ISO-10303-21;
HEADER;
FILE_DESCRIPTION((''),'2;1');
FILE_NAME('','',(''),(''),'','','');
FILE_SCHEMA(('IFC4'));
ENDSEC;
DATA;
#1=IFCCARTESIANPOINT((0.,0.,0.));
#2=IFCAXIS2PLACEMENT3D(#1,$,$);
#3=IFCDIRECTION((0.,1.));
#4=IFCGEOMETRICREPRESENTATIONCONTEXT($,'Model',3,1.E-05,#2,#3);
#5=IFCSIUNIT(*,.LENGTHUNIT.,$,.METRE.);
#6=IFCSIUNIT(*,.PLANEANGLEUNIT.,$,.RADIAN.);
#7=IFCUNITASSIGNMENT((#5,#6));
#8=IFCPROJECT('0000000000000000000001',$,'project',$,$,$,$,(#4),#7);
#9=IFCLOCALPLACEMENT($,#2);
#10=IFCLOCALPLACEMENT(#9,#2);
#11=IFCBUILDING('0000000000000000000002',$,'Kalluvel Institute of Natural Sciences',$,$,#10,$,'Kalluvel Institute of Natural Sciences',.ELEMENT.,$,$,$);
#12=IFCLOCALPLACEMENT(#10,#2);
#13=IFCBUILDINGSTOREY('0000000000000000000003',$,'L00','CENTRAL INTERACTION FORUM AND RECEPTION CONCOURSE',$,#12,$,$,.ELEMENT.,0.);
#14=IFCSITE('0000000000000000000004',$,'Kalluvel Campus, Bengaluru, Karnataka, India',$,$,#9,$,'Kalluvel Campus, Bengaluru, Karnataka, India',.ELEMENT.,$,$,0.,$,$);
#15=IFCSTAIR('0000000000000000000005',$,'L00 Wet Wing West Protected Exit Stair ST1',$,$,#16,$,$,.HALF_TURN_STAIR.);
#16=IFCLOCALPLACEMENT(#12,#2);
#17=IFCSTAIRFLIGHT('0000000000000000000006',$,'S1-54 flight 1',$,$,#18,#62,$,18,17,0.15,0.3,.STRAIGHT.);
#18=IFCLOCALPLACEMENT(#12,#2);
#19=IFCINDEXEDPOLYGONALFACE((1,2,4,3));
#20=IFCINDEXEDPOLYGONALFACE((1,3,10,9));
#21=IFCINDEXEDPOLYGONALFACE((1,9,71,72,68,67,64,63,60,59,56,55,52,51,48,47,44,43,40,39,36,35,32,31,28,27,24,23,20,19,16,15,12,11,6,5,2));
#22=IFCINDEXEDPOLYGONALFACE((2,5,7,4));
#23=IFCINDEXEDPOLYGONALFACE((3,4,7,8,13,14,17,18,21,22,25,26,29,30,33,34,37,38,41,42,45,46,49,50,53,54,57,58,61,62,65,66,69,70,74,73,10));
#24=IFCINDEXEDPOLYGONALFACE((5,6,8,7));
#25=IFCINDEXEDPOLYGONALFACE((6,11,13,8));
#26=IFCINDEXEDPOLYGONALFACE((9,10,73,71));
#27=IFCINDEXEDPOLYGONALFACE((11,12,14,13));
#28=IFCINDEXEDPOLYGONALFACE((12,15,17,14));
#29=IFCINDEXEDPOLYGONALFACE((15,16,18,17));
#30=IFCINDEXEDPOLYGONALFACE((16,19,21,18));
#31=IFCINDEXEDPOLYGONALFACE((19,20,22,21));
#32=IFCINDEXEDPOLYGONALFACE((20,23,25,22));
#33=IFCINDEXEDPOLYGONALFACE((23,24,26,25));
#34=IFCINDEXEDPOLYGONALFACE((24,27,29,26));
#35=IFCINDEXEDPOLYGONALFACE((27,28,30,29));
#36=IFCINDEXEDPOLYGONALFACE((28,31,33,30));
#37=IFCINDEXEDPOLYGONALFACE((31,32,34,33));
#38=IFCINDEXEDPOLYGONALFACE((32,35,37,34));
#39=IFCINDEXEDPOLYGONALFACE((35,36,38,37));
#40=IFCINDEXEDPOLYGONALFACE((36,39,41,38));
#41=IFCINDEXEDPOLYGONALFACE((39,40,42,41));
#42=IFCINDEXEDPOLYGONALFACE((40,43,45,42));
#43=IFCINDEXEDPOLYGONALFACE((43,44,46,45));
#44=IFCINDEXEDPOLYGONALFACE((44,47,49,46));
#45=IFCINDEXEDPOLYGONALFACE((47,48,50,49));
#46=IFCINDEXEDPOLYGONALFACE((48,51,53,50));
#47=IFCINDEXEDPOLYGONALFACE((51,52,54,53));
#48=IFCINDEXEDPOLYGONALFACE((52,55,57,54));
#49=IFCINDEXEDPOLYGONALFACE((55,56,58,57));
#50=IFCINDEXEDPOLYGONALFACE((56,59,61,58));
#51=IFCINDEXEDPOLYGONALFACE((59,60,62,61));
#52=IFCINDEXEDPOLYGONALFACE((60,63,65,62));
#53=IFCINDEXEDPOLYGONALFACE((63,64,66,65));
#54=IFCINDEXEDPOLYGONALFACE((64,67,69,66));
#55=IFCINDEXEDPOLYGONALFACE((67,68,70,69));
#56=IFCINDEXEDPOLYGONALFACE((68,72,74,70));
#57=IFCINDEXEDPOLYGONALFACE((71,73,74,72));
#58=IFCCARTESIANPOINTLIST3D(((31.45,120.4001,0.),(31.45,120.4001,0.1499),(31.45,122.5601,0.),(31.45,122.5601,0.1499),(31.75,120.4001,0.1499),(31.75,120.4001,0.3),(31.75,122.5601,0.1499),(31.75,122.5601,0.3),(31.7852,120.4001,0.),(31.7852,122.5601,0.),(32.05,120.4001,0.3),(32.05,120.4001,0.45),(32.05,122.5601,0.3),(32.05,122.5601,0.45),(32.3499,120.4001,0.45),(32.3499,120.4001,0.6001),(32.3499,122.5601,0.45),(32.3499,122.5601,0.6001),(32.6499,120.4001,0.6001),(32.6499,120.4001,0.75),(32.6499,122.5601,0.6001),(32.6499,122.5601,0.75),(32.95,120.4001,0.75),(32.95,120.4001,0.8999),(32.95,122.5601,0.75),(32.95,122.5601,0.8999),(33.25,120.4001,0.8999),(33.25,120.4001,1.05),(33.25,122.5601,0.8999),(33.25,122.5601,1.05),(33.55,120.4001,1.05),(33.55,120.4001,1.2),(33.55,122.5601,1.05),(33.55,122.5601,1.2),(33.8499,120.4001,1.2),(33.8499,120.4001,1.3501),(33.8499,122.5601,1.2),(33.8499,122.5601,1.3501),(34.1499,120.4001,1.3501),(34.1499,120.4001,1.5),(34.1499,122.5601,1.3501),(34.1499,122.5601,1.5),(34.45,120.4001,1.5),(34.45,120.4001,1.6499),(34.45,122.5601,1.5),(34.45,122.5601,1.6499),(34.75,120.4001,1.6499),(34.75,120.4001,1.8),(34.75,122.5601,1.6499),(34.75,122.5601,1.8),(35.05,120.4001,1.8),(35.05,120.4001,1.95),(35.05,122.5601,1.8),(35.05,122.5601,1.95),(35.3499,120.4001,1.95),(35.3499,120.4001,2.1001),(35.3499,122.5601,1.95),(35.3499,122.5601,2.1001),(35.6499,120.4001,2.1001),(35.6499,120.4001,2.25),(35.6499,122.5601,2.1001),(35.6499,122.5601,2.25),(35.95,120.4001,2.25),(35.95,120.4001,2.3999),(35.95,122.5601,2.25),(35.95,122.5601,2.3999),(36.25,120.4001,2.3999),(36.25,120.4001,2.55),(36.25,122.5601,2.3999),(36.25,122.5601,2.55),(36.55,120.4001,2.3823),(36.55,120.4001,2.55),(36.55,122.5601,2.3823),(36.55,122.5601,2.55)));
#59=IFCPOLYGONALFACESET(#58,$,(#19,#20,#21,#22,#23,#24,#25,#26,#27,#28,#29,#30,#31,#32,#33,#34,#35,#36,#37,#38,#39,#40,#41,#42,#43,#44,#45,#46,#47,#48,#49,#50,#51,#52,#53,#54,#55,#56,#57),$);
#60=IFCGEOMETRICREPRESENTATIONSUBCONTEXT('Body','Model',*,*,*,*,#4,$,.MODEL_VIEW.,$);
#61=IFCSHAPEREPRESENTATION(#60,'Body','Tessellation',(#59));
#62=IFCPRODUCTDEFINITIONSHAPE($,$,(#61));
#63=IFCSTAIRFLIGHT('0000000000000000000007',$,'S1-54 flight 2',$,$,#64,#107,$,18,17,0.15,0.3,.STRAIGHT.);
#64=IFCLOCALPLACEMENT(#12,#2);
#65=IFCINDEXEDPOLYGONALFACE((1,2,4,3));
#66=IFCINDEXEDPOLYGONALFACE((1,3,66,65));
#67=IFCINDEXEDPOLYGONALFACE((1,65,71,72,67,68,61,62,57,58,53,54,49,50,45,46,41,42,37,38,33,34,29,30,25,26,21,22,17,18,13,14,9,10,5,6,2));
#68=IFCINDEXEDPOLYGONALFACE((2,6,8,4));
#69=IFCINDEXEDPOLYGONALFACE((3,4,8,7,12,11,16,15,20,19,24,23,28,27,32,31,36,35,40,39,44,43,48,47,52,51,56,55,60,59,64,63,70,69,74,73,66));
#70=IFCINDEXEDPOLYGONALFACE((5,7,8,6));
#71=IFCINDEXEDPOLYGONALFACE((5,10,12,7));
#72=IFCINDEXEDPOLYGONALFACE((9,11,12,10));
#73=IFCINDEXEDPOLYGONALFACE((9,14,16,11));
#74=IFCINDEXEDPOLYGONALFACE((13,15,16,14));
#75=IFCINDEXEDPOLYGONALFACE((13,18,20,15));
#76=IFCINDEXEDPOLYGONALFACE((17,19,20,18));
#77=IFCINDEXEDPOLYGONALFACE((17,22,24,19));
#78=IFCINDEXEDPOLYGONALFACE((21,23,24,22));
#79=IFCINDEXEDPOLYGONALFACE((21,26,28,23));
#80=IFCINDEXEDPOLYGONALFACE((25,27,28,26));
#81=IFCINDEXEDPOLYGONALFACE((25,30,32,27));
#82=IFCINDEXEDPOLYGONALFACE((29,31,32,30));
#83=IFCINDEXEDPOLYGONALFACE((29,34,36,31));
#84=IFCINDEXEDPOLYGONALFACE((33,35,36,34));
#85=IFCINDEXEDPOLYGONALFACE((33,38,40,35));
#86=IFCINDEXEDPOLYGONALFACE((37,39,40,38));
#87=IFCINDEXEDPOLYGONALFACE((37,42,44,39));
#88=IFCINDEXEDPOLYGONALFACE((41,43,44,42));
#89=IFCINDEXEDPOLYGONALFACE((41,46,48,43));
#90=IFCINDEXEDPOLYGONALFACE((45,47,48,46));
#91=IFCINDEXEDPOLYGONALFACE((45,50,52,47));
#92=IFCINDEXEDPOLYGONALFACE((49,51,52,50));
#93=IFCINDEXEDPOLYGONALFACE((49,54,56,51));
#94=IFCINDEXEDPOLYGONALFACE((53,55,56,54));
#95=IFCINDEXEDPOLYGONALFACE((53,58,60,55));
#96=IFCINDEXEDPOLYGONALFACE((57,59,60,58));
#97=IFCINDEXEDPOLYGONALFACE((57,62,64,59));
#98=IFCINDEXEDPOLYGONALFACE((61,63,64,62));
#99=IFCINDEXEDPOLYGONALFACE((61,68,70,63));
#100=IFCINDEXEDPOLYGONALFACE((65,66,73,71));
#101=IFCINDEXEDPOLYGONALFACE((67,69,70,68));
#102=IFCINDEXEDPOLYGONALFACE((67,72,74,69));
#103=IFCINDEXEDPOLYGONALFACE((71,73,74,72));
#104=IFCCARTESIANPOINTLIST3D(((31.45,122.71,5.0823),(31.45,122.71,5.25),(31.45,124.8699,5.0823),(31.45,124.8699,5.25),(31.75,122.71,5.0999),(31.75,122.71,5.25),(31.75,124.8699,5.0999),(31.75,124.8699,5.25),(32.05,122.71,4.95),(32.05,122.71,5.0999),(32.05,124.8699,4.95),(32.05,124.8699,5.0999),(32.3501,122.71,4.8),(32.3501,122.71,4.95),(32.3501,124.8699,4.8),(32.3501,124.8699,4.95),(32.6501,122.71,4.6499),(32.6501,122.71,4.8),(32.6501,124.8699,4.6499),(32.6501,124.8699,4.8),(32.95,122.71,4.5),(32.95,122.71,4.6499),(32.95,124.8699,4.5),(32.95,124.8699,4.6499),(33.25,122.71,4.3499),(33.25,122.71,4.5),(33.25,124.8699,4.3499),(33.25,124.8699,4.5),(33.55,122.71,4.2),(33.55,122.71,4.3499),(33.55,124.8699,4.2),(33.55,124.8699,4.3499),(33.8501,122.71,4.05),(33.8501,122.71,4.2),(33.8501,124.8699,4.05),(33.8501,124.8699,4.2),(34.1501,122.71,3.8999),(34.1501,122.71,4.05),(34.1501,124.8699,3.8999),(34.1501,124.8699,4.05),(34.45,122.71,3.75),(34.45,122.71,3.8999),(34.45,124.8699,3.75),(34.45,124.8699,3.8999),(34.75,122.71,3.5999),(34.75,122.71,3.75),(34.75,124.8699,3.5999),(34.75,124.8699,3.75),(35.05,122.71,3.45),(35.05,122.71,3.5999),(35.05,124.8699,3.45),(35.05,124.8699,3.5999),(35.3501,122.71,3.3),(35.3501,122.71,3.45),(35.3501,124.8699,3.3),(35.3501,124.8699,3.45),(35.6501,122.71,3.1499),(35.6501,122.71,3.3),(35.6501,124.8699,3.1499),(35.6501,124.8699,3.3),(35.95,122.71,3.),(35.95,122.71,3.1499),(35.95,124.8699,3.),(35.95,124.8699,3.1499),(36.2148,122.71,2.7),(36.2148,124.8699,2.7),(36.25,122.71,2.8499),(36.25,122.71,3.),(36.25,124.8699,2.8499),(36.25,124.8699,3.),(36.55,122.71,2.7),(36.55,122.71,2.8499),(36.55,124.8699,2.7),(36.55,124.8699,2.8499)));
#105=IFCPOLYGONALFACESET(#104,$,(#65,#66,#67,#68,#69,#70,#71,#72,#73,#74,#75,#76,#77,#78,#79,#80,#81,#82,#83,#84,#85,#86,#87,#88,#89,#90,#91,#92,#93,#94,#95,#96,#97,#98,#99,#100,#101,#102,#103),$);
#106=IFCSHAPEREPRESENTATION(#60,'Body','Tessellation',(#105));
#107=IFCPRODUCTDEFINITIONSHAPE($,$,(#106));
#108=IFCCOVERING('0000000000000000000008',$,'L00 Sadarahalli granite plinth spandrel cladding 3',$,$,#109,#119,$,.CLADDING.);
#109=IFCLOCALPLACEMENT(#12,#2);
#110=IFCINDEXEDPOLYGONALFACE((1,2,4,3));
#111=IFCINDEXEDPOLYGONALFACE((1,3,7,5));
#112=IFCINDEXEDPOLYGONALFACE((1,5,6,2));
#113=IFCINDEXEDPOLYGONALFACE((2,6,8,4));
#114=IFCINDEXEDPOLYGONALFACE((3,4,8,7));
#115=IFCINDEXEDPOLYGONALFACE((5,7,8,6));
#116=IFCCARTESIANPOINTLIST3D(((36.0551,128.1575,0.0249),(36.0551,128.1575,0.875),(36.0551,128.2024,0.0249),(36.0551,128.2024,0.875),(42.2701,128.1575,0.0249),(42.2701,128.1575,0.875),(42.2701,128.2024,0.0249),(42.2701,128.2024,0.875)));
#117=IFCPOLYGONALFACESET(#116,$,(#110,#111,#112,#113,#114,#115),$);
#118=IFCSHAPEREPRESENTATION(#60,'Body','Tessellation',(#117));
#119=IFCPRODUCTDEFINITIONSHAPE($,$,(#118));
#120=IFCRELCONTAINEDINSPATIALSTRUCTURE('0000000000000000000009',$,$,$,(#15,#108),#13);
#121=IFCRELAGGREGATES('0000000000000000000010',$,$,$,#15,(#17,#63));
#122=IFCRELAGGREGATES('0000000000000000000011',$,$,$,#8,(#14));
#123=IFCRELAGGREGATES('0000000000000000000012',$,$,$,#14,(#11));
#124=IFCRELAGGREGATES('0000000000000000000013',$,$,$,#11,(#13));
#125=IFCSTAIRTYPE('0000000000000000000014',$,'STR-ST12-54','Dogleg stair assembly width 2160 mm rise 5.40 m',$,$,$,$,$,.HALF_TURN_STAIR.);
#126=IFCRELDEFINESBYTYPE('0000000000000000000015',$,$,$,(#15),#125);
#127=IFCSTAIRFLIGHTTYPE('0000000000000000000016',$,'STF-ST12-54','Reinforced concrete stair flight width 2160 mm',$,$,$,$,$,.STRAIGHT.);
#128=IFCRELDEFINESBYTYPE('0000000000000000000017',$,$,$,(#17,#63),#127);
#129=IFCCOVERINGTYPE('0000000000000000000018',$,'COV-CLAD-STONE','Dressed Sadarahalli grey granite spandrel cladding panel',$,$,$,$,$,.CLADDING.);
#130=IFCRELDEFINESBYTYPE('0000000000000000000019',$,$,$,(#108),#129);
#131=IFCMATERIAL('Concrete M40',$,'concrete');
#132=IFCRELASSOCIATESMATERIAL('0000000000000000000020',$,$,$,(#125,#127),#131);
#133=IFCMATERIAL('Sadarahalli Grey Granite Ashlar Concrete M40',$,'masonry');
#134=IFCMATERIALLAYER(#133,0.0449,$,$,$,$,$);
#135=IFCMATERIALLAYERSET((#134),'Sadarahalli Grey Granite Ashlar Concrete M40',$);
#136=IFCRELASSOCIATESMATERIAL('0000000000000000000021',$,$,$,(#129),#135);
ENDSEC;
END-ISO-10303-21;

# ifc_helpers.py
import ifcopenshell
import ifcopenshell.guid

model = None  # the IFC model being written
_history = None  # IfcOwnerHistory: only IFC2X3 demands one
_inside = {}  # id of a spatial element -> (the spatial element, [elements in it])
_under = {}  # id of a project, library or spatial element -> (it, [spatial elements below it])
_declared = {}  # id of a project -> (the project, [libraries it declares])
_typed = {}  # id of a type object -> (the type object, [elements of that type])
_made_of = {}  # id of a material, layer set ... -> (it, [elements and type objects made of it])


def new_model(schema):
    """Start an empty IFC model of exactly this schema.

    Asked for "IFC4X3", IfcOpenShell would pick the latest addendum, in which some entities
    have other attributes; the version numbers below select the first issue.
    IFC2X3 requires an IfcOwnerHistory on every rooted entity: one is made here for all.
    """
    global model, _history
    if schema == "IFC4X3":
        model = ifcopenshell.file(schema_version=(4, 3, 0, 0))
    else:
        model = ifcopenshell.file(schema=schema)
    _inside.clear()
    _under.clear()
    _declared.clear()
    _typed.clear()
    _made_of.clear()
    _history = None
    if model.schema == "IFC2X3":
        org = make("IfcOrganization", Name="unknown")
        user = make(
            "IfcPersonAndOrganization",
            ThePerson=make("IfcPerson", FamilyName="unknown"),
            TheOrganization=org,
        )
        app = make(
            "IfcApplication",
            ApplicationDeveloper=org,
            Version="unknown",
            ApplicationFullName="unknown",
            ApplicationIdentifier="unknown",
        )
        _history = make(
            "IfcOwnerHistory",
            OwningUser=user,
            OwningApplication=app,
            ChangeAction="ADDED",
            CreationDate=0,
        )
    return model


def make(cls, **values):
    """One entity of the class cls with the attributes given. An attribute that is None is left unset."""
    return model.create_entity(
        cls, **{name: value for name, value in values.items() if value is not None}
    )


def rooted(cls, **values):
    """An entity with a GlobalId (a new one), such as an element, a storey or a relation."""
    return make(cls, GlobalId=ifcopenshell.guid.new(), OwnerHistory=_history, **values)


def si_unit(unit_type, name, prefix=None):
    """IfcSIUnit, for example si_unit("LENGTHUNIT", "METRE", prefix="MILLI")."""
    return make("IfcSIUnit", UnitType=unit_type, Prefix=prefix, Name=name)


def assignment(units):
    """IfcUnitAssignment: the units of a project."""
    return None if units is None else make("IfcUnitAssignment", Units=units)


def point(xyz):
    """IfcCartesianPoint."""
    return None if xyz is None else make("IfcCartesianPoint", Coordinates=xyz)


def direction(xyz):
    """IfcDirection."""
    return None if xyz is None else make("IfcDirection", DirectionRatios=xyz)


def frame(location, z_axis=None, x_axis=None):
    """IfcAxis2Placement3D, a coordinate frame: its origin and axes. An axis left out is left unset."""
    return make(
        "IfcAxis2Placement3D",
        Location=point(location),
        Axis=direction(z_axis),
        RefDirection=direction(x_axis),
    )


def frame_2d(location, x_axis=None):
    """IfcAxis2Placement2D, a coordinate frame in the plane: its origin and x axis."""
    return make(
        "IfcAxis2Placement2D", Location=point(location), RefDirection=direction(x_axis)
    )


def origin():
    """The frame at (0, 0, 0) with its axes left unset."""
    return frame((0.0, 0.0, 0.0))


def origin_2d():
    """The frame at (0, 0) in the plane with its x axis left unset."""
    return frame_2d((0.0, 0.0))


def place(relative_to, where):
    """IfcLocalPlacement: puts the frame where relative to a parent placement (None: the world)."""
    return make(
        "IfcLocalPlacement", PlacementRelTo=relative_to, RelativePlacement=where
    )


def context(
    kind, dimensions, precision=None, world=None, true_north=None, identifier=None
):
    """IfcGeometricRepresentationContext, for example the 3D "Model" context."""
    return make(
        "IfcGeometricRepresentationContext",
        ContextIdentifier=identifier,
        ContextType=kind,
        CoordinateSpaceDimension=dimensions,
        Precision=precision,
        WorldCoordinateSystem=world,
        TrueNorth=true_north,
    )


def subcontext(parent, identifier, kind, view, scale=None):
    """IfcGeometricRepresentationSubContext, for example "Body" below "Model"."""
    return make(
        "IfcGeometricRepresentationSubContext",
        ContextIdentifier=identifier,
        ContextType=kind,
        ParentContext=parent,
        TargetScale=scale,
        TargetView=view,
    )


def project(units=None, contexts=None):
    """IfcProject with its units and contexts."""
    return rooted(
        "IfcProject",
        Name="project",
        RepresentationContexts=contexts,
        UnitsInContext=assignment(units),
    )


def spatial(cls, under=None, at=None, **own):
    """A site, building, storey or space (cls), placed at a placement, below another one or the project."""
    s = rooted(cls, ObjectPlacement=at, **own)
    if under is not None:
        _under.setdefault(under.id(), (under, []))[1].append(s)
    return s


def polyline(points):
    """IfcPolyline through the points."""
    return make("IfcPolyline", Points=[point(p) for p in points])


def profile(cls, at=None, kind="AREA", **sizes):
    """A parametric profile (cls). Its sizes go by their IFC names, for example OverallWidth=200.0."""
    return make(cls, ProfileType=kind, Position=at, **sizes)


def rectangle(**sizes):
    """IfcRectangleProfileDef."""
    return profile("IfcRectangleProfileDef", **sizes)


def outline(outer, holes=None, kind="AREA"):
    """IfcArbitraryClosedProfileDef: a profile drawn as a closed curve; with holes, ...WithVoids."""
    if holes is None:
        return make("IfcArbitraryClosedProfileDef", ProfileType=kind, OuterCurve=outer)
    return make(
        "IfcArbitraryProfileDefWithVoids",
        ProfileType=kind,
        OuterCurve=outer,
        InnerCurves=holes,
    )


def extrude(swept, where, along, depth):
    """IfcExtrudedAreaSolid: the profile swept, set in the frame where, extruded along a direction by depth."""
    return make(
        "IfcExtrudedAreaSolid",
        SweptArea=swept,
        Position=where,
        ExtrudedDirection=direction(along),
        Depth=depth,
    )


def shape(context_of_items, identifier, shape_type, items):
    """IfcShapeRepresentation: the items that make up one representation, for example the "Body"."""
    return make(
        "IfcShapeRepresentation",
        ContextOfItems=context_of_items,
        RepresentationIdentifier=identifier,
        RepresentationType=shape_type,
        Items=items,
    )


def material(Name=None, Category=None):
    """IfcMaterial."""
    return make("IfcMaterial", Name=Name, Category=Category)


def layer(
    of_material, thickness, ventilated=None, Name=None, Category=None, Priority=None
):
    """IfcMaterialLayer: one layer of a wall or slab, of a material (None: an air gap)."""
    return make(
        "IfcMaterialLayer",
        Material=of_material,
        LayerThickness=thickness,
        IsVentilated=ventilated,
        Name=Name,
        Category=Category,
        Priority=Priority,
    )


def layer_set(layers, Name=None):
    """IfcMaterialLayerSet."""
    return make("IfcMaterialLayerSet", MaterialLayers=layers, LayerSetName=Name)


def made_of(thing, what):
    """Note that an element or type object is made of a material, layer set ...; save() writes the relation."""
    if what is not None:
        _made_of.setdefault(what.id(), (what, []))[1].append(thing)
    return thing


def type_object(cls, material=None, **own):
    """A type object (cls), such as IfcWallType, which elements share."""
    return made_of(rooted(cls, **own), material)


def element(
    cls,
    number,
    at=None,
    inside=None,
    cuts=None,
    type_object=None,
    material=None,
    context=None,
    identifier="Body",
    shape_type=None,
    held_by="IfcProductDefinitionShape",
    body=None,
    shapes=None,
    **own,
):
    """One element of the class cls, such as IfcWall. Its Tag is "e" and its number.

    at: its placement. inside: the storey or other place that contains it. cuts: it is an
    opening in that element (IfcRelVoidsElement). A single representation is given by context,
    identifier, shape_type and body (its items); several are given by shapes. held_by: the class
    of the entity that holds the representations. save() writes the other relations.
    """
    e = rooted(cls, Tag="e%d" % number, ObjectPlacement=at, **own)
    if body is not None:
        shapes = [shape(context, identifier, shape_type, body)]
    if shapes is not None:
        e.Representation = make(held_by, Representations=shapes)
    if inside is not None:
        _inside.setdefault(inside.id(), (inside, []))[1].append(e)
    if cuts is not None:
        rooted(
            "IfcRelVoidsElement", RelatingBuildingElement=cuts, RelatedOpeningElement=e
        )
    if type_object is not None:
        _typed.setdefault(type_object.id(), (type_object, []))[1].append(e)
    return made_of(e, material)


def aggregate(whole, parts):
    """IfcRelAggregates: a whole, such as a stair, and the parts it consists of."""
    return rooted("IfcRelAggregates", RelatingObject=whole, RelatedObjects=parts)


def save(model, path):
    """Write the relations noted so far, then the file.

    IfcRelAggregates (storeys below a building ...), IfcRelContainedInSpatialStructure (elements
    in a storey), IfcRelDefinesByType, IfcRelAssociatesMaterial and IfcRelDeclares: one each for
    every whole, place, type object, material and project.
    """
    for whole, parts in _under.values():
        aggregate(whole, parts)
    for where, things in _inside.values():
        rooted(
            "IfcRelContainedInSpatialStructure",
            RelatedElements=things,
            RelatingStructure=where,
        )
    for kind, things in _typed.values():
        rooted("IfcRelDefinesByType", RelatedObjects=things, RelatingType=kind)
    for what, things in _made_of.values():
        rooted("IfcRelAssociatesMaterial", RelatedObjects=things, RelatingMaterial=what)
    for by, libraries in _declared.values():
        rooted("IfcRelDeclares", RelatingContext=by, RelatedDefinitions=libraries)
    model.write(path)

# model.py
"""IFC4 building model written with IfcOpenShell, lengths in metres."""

from ifc_helpers import new_model, si_unit, direction, frame, origin, origin_2d, place, context, subcontext, project, spatial, polyline, rectangle, outline, extrude, material, layer, layer_set, type_object, element, aggregate, save


model = new_model("IFC4")

# Units and contexts
model_context = context("Model", 3, precision=1e-05, world=origin(), true_north=direction((0.0, 1.0)))
body_context = subcontext(model_context, "Body", "Model", "MODEL_VIEW")
ifc_project = project(units=[si_unit("LENGTHUNIT", "METRE"), si_unit("PLANEANGLEUNIT", "RADIAN")], contexts=[model_context])

# Site, building, storey
site_placement = place(None, origin())
site = spatial("IfcSite", under=ifc_project, at=site_placement, Name="Kalluvel Campus, Bengaluru, Karnataka, India", LongName="Kalluvel Campus, Bengaluru, Karnataka, India", CompositionType="ELEMENT", RefElevation=0.0)
building_placement = place(site_placement, origin())
building = spatial("IfcBuilding", under=site, at=building_placement, Name="Kalluvel Institute of Natural Sciences", LongName="Kalluvel Institute of Natural Sciences", CompositionType="ELEMENT")
storey_placement = place(building_placement, origin())
storey = spatial("IfcBuildingStorey", under=building, at=storey_placement, Name="L00", Description="CENTRAL INTERACTION FORUM AND RECEPTION CONCOURSE", CompositionType="ELEMENT", Elevation=0.0)

# Shared definitions
ifc_material_1 = material(Name="Concrete M40", Category="concrete")

# Shared definitions
ifc_material_2 = material(Name="Sadarahalli Grey Granite Ashlar Concrete M40", Category="masonry")

# Stair, stair flights
stair_type = type_object("IfcStairType", Name="STR-ST12-54", Description="Dogleg stair assembly width 2160 mm rise 5.40 m", PredefinedType="HALF_TURN_STAIR", material=ifc_material_1)
stair_placement = place(storey_placement, origin())
stair = element("IfcStair", 1, at=stair_placement, inside=storey, type_object=stair_type, Name="L00 Wet Wing West Protected Exit Stair ST1", PredefinedType="HALF_TURN_STAIR")
stair_flight_type = type_object("IfcStairFlightType", Name="STF-ST12-54", Description="Reinforced concrete stair flight width 2160 mm", PredefinedType="STRAIGHT", material=ifc_material_1)
stair_flight_1_placement = place(storey_placement, frame((31.45, 121.48, 0.0), z_axis=(0.0, 0.0, 1.0), x_axis=(1.0, 0.0, 0.0)))
stair_flight_1 = element("IfcStairFlight", 2, at=stair_flight_1_placement, type_object=stair_flight_type, Name="S1-54 flight 1", NumberOfRisers=18, NumberOfTreads=17, PredefinedType="STRAIGHT", RiserHeight=0.15, TreadLength=0.3, context=body_context, shape_type="SweptSolid", body=[
    extrude(outline(polyline([(0.0, 0.0), (0.0, 0.1499), (0.3, 0.1499), (0.3, 0.3), (0.6001, 0.3), (0.6001, 0.45), (0.8999, 0.45), (0.8999, 0.6001), (1.2, 0.6001), (1.2, 0.75), (1.5, 0.75), (1.5, 0.8999), (1.8, 0.8999), (1.8, 1.05), (2.1001, 1.05), (2.1001, 1.2), (2.3999, 1.2), (2.3999, 1.3501), (2.7, 1.3501), (2.7, 1.5), (3.0, 1.5), (3.0, 1.6499), (3.3, 1.6499), (3.3, 1.8), (3.6001, 1.8), (3.6001, 1.95), (3.8999, 1.95), (3.8999, 2.1001), (4.2, 2.1001), (4.2, 2.25), (4.5, 2.25), (4.5, 2.3999), (4.8, 2.3999), (4.8, 2.55), (5.1001, 2.55), (5.1001, 2.7), (5.1001, 2.3823), (0.3352, 0.0), (0.0, 0.0)])), frame((0.0, 1.0801, 0.0), z_axis=(0.0, -1.0, 0.0), x_axis=(1.0, 0.0, 0.0)), (0.0, 0.0, 1.0), 2.1599),
])
stair_flight_2_placement = place(storey_placement, frame((36.55, 123.79, 2.7), z_axis=(0.0, 0.0, 1.0), x_axis=(-1.0, 0.0, 0.0)))
stair_flight_2 = element("IfcStairFlight", 3, at=stair_flight_2_placement, type_object=stair_flight_type, Name="S1-54 flight 2", NumberOfRisers=18, NumberOfTreads=17, PredefinedType="STRAIGHT", RiserHeight=0.15, TreadLength=0.3, context=body_context, shape_type="SweptSolid", body=[
    extrude(outline(polyline([(0.0, 0.0), (0.0, 0.1499), (0.3, 0.1499), (0.3, 0.3), (0.6001, 0.3), (0.6001, 0.45), (0.8999, 0.45), (0.8999, 0.6001), (1.2, 0.6001), (1.2, 0.75), (1.5, 0.75), (1.5, 0.8999), (1.8, 0.8999), (1.8, 1.05), (2.1001, 1.05), (2.1001, 1.2), (2.3999, 1.2), (2.3999, 1.3501), (2.7, 1.3501), (2.7, 1.5), (3.0, 1.5), (3.0, 1.6499), (3.3, 1.6499), (3.3, 1.8), (3.6001, 1.8), (3.6001, 1.95), (3.8999, 1.95), (3.8999, 2.1001), (4.2, 2.1001), (4.2, 2.25), (4.5, 2.25), (4.5, 2.3999), (4.8, 2.3999), (4.8, 2.55), (5.1001, 2.55), (5.1001, 2.7), (5.1001, 2.3823), (0.3352, 0.0), (0.0, 0.0)])), frame((0.0, 1.0801, 0.0), z_axis=(0.0, -1.0, 0.0), x_axis=(1.0, 0.0, 0.0)), (0.0, 0.0, 1.0), 2.1599),
])
aggregate(stair, [stair_flight_1, stair_flight_2])

# Covering
ifc_layer_1 = layer(ifc_material_2, 0.0449)
ifc_layer_set_1 = layer_set([ifc_layer_1], Name="Sadarahalli Grey Granite Ashlar Concrete M40")
covering_type = type_object("IfcCoveringType", Name="COV-CLAD-STONE", Description="Dressed Sadarahalli grey granite spandrel cladding panel", PredefinedType="CLADDING", material=ifc_layer_set_1)
covering_placement = place(storey_placement, frame((39.1626, 128.1799, 0.0249), z_axis=(0.0, 0.0, 1.0), x_axis=(1.0, 0.0, 0.0)))
element("IfcCovering", 4, at=covering_placement, inside=storey, type_object=covering_type, Name="L00 Sadarahalli granite plinth spandrel cladding 3", PredefinedType="CLADDING", context=body_context, shape_type="SweptSolid", body=[
    extrude(rectangle(XDim=6.2151, YDim=0.0449, at=origin_2d()), origin(), (0.0, 0.0, 1.0), 0.8501),
])

save(model, "model.ifc")
